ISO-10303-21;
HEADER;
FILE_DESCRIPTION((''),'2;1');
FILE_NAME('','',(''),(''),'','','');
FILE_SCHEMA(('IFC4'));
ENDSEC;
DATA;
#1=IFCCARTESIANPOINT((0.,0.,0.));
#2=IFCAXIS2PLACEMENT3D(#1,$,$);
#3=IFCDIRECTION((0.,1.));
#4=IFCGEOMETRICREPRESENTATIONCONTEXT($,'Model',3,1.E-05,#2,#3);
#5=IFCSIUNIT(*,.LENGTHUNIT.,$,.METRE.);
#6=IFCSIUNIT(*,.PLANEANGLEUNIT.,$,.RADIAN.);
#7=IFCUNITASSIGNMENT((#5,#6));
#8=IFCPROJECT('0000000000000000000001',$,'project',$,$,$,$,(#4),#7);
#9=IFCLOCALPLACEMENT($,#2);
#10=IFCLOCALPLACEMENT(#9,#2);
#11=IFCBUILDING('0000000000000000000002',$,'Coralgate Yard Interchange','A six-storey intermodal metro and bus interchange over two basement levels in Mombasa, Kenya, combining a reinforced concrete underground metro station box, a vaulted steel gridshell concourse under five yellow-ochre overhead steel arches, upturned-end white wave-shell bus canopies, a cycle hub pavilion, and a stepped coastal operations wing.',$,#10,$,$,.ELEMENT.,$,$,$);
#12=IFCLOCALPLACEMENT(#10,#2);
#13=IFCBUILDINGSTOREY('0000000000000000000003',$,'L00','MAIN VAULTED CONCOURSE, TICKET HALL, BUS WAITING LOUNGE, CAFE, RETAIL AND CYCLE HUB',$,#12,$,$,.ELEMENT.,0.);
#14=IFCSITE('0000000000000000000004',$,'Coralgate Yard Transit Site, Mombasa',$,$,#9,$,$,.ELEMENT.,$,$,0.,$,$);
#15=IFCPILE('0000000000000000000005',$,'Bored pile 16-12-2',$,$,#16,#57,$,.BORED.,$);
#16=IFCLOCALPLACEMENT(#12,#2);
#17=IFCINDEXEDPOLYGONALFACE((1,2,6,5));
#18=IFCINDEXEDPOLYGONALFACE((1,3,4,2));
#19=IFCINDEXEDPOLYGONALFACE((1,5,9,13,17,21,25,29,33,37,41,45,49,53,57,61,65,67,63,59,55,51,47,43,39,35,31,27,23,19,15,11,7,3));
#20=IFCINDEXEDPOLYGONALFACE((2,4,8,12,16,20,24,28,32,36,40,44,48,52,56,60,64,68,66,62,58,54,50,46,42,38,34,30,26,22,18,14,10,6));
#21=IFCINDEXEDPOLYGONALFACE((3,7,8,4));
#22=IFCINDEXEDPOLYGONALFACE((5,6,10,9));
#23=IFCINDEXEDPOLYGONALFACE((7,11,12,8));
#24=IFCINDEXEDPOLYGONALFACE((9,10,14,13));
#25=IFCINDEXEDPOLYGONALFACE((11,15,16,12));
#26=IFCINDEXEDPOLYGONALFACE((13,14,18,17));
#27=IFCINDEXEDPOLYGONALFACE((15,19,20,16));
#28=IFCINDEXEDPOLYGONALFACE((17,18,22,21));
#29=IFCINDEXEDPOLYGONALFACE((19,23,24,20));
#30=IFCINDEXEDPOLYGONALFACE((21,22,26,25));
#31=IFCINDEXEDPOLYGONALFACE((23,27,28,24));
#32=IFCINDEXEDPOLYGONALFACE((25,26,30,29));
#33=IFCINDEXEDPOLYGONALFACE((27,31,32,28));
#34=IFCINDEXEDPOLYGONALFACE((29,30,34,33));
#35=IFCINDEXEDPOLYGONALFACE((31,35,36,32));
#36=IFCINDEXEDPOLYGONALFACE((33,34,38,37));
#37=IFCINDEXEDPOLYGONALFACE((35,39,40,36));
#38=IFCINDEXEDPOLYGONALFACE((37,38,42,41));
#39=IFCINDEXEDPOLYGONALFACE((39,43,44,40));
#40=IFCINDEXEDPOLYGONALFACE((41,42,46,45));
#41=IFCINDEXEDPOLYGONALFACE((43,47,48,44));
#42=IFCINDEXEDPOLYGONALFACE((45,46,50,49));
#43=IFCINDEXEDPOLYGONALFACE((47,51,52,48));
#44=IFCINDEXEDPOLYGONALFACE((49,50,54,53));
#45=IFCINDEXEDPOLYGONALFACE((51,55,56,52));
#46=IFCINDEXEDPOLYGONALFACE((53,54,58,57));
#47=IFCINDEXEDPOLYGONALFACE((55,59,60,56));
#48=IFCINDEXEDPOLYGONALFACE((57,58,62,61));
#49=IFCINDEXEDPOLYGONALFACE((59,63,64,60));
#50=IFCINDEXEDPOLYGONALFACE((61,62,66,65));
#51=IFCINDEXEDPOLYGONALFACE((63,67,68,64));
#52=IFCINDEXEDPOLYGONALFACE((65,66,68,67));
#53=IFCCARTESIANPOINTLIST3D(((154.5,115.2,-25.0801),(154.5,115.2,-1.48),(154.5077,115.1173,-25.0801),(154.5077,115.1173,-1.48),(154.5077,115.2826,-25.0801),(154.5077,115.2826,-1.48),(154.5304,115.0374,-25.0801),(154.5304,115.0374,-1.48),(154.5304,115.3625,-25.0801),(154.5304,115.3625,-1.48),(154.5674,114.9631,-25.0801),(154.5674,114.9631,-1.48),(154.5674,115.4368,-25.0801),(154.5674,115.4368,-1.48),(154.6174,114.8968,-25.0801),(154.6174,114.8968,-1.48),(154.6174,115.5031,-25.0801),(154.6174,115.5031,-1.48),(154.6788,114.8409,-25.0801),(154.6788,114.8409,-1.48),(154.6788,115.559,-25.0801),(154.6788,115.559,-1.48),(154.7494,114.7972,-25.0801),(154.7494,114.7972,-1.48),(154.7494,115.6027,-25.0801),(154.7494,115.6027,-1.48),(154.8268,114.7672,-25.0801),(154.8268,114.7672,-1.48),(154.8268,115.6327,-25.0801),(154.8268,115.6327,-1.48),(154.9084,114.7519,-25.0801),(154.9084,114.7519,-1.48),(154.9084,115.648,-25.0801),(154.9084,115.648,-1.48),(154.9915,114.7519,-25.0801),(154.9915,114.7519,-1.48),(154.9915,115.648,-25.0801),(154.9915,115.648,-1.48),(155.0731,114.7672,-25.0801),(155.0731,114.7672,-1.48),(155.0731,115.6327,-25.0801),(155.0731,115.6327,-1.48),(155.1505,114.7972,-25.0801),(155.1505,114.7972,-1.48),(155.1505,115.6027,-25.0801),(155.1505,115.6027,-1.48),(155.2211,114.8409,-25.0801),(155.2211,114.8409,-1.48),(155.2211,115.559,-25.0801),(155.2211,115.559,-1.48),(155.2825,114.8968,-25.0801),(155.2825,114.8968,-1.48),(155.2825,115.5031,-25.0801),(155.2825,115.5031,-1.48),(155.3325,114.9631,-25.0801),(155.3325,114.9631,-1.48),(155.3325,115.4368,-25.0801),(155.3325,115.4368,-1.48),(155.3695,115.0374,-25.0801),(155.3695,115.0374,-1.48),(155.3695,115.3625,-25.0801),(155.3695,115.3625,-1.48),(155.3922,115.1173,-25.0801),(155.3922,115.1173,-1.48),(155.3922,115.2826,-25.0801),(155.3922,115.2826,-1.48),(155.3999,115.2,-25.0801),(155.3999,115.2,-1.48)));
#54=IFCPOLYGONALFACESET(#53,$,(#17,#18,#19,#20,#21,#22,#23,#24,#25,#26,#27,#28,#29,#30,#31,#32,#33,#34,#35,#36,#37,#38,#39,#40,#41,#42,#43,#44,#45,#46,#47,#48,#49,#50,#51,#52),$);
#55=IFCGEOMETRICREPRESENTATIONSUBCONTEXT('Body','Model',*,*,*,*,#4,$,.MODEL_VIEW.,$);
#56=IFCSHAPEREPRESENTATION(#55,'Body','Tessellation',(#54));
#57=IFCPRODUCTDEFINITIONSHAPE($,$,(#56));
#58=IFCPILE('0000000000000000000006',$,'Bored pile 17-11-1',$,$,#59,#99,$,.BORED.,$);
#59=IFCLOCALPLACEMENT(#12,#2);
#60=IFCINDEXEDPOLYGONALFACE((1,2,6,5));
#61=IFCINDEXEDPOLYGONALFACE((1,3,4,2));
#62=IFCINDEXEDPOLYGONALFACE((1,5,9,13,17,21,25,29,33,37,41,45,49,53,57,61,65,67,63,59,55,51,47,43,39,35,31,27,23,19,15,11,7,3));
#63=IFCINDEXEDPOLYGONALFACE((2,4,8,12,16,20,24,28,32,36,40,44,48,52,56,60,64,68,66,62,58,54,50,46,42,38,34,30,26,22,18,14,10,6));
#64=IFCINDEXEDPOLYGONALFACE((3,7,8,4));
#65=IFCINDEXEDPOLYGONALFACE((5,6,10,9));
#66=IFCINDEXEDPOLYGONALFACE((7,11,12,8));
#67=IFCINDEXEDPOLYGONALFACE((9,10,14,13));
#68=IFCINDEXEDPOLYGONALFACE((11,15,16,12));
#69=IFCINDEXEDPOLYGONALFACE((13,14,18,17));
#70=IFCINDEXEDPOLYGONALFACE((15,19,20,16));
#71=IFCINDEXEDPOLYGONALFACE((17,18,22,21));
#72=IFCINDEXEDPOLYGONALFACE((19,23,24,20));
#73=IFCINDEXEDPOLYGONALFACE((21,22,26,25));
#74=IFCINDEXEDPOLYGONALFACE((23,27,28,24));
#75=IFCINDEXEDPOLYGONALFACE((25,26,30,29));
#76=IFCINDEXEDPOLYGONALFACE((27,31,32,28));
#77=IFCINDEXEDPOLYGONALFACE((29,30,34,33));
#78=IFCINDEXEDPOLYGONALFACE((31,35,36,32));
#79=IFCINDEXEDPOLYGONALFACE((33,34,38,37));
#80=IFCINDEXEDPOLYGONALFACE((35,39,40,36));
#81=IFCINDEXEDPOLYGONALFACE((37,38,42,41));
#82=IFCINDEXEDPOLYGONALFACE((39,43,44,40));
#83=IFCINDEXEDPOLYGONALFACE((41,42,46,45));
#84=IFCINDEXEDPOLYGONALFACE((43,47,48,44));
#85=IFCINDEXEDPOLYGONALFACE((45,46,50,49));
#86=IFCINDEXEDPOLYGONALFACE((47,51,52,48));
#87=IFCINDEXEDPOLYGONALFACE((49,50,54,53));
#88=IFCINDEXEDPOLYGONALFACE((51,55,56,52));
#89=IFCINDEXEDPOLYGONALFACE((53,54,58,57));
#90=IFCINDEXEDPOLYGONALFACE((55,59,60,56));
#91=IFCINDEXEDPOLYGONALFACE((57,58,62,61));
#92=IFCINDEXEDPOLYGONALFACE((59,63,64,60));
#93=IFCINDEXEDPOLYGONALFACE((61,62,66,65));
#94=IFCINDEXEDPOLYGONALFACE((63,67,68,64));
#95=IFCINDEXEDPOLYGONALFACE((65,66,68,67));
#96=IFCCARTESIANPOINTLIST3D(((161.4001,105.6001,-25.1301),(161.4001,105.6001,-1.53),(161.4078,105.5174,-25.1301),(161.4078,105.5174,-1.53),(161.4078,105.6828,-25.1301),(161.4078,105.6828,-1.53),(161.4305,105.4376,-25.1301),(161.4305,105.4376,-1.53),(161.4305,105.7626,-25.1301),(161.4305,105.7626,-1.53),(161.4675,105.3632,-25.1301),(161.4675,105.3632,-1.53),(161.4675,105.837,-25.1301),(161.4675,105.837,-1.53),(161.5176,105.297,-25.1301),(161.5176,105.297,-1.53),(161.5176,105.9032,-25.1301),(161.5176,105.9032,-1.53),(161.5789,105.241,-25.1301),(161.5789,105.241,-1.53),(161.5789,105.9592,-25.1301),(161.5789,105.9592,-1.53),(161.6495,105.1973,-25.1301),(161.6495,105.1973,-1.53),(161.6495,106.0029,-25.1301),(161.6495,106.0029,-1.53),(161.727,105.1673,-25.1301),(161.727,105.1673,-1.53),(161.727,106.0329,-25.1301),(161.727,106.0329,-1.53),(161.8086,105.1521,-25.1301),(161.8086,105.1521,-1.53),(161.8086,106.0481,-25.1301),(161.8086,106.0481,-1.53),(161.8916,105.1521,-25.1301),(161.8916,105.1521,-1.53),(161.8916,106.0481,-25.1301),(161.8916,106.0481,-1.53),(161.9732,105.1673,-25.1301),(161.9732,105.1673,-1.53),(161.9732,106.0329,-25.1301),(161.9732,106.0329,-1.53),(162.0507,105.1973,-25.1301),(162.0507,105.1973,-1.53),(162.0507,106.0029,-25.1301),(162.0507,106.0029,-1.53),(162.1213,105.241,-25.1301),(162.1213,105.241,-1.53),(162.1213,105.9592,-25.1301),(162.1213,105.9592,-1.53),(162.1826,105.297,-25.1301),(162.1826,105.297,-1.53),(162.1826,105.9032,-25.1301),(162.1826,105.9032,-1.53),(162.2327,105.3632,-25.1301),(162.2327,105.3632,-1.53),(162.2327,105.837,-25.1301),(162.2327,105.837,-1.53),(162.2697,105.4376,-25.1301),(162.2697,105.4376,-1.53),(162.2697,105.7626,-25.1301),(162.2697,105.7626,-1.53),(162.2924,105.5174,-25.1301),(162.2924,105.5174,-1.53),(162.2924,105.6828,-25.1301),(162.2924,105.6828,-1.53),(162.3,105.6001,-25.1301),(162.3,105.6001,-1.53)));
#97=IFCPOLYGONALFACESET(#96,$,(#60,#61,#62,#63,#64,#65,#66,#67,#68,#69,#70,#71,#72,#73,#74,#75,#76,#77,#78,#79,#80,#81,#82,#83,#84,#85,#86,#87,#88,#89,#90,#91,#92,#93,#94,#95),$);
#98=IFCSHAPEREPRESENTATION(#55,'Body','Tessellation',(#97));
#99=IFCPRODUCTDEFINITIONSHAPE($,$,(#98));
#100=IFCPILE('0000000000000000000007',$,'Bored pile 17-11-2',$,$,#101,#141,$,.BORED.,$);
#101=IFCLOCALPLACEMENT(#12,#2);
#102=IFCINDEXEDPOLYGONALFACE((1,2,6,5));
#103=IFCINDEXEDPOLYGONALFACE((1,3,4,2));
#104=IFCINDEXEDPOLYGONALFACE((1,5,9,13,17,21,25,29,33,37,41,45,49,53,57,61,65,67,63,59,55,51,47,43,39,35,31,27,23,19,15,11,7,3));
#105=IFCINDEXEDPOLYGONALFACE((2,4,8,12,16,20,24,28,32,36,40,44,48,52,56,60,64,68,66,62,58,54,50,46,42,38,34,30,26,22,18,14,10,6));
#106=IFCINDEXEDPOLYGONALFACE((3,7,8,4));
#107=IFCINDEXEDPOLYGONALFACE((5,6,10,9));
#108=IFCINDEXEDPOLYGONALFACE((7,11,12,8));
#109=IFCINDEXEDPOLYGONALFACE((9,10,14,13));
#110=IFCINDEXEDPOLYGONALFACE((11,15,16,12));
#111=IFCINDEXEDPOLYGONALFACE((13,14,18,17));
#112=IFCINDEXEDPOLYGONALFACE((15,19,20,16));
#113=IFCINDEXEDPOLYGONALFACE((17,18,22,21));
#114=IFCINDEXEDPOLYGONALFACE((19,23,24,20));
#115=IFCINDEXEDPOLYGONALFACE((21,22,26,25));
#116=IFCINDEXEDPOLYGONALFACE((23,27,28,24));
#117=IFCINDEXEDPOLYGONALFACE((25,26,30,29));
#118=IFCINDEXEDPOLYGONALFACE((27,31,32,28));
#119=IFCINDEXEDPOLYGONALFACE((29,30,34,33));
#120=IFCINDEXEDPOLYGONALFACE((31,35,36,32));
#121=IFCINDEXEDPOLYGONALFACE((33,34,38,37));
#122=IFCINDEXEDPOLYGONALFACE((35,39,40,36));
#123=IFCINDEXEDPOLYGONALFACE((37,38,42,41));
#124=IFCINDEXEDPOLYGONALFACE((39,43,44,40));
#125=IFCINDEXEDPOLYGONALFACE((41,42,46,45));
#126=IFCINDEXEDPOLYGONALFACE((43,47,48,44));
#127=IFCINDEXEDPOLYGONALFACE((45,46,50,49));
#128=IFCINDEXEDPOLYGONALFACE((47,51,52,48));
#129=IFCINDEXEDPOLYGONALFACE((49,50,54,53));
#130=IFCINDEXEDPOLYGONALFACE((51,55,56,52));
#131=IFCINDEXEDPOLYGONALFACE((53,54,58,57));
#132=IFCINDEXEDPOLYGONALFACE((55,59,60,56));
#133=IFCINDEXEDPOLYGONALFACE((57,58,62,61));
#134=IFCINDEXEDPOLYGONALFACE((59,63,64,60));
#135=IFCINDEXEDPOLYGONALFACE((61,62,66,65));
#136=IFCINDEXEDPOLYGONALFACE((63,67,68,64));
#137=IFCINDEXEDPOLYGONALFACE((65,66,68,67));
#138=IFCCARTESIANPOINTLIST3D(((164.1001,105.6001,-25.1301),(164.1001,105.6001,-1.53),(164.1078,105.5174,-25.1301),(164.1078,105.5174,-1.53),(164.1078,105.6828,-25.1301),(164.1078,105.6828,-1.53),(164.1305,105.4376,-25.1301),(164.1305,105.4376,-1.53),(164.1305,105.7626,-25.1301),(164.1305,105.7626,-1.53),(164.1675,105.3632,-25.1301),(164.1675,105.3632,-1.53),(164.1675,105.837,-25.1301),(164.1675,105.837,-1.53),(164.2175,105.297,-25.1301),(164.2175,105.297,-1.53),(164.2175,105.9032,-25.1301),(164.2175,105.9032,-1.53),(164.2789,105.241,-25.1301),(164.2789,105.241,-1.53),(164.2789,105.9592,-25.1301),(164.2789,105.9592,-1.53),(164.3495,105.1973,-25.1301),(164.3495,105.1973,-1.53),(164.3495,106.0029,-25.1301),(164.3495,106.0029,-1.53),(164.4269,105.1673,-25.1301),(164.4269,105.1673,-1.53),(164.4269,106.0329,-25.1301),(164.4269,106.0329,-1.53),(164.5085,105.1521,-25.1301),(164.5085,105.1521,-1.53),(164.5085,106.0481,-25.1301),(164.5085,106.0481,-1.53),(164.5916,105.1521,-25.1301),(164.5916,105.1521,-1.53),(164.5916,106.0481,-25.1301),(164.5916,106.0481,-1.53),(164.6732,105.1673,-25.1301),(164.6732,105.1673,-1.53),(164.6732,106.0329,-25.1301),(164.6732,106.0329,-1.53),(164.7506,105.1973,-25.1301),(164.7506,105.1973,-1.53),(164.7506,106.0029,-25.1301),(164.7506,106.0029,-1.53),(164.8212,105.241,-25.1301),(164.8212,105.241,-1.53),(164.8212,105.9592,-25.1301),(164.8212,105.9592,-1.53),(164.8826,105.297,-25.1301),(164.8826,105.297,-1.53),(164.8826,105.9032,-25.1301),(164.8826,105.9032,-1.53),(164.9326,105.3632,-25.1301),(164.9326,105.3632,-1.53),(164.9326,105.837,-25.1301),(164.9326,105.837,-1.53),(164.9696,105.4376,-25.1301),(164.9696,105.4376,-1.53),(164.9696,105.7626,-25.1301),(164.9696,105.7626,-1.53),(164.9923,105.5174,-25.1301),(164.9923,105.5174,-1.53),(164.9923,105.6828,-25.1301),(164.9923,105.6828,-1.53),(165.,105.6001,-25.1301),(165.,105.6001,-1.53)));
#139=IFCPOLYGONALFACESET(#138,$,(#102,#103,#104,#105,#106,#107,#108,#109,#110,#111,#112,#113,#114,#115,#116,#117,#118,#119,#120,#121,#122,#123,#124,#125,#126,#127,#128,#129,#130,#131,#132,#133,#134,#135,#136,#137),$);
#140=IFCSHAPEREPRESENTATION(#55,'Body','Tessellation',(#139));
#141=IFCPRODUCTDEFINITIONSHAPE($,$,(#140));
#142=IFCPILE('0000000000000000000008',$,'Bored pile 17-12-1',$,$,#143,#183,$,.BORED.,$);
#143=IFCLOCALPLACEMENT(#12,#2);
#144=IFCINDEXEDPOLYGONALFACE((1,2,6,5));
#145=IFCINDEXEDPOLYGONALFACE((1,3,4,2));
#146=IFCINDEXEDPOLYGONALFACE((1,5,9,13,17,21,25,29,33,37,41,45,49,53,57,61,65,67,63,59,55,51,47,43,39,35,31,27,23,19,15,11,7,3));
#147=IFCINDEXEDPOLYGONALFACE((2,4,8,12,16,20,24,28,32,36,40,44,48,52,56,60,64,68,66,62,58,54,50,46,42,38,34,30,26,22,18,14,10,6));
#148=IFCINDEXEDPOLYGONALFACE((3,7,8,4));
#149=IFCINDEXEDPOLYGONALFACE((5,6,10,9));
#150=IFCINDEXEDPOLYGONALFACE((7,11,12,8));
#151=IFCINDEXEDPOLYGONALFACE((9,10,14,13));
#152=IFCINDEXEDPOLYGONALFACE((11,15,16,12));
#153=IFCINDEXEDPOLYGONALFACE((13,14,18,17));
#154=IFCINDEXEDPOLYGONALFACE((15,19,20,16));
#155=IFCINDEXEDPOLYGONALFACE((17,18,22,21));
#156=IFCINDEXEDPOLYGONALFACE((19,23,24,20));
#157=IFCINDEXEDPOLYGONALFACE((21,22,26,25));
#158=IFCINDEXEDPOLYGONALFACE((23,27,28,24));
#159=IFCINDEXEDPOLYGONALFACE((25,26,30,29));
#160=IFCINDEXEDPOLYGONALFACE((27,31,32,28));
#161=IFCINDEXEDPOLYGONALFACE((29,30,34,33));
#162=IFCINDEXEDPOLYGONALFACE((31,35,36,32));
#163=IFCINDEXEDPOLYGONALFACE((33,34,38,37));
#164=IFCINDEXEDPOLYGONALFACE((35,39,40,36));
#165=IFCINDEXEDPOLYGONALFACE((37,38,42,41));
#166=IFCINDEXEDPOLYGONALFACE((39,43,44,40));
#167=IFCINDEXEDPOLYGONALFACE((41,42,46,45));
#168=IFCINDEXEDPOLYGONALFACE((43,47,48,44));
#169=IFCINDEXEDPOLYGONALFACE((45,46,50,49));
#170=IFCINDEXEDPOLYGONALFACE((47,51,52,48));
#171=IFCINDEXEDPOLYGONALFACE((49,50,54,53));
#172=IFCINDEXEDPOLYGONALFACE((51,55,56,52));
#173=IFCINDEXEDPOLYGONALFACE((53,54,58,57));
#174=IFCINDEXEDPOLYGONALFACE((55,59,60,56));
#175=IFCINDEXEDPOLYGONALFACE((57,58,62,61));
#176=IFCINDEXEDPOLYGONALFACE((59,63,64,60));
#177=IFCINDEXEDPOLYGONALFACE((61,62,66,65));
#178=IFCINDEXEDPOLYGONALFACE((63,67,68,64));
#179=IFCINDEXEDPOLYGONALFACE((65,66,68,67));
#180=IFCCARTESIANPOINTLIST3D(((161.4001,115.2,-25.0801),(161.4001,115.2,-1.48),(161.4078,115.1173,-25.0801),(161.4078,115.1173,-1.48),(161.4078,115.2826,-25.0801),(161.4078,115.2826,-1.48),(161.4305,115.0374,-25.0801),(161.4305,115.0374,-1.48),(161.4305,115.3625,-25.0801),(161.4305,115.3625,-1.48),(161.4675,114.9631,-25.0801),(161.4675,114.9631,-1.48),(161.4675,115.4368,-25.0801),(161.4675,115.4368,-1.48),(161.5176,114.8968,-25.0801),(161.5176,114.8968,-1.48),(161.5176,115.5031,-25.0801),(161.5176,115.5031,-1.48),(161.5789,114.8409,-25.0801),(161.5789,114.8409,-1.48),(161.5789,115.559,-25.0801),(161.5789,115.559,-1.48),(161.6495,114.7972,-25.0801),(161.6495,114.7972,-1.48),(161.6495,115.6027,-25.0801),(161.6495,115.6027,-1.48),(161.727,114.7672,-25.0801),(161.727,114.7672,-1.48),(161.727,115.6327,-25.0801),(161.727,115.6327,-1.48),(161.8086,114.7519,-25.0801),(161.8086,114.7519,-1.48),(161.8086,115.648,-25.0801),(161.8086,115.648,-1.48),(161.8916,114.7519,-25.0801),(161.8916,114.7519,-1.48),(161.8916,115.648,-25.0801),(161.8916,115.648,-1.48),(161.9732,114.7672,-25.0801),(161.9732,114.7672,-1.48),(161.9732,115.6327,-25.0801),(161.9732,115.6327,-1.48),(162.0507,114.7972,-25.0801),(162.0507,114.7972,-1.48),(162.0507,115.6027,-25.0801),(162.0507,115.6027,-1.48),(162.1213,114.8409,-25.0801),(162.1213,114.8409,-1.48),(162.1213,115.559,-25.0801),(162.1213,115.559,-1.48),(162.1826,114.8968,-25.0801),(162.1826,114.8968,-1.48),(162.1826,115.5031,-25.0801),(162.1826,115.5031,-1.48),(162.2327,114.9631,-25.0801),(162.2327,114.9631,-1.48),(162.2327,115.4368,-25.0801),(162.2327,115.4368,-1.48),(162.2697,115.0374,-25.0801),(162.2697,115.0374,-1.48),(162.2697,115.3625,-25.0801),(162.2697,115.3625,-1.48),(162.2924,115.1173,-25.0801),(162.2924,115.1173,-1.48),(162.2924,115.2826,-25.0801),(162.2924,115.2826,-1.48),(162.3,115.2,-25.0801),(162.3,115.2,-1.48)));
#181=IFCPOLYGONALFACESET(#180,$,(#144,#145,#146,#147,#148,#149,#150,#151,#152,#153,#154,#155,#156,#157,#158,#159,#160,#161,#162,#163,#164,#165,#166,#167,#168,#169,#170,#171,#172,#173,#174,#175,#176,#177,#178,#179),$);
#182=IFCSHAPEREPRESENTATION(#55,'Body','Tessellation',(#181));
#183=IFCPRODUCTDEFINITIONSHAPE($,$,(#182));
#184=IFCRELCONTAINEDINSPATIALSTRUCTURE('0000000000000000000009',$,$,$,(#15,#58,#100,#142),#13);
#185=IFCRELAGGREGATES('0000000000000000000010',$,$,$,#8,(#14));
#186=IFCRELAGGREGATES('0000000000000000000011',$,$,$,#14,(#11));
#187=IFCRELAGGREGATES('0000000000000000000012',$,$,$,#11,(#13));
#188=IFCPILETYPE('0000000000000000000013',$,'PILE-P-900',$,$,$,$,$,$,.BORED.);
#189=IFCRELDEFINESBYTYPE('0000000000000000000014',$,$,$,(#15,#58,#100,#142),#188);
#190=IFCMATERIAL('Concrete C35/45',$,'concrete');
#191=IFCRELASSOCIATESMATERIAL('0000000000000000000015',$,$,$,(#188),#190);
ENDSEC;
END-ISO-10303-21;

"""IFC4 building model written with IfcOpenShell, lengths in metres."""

from ifc_helpers import new_model, si_unit, direction, frame, origin, origin_2d, place, context, subcontext, project, spatial, circle, extrude, material, material_profile, profile_set, type_object, element, save


model = new_model("IFC4")

# Units and contexts
model_context = context("Model", 3, precision=1e-05, world=origin(), true_north=direction((0.0, 1.0)))
body_context = subcontext(model_context, "Body", "Model", "MODEL_VIEW")
ifc_project = project(units=[si_unit("LENGTHUNIT", "METRE"), si_unit("PLANEANGLEUNIT", "RADIAN")], contexts=[model_context])

# Site, building, storey
site_placement = place(None, origin())
site = spatial("IfcSite", under=ifc_project, at=site_placement, Name="Coralgate Yard Transit Site, Mombasa", CompositionType="ELEMENT", RefElevation=0.0)
building_placement = place(site_placement, origin())
building = spatial("IfcBuilding", under=site, at=building_placement, Name="Coralgate Yard Interchange", Description="A six-storey intermodal metro and bus interchange over two basement levels in Mombasa, Kenya, combining a reinforced concrete underground metro station box, a vaulted steel gridshell concourse under five yellow-ochre overhead steel arches, upturned-end white wave-shell bus canopies, a cycle hub pavilion, and a stepped coastal operations wing.", CompositionType="ELEMENT")
storey_placement = place(building_placement, origin())
storey = spatial("IfcBuildingStorey", under=building, at=storey_placement, Name="L00", Description="MAIN VAULTED CONCOURSE, TICKET HALL, BUS WAITING LOUNGE, CAFE, RETAIL AND CYCLE HUB", CompositionType="ELEMENT", Elevation=0.0)

# Piles
ifc_material_1 = material(Name="Concrete C35/45", Category="concrete")
ifc_material_profile_1 = material_profile(ifc_material_1, circle(Radius=0.45, at=origin_2d()), Name="BORED PILE D900")
ifc_profile_set_1 = profile_set([ifc_material_profile_1], Name="Concrete C35/45")
pile_type = type_object("IfcPileType", Name="PILE-P-900", PredefinedType="BORED", material=ifc_profile_set_1)
for number, where, z_axis, x_axis, name in (
    (1, (154.95, 115.2, -1.48), (0.0, 0.0, -1.0), (1.0, 0.0, 0.0), "Bored pile 16-12-2"),
    (2, (161.8501, 105.6001, -1.53), (0.0, 0.0, -1.0), (1.0, 0.0, 0.0), "Bored pile 17-11-1"),
    (3, (164.55, 105.6001, -1.53), (0.0, 0.0, -1.0), (1.0, 0.0, 0.0), "Bored pile 17-11-2"),
    (4, (161.8501, 115.2, -1.48), (0.0, 0.0, -1.0), (1.0, 0.0, 0.0), "Bored pile 17-12-1"),
):
    element("IfcPile", number, at=place(storey_placement, frame(where, z_axis=z_axis, x_axis=x_axis)), inside=storey, type_object=pile_type, Name=name, PredefinedType="BORED", context=body_context, shape_type="SweptSolid", body=[
        extrude(circle(Radius=0.45, at=origin_2d()), origin(), (0.0, 0.0, 1.0), 23.6001),
    ])

save(model, "model.ifc")
